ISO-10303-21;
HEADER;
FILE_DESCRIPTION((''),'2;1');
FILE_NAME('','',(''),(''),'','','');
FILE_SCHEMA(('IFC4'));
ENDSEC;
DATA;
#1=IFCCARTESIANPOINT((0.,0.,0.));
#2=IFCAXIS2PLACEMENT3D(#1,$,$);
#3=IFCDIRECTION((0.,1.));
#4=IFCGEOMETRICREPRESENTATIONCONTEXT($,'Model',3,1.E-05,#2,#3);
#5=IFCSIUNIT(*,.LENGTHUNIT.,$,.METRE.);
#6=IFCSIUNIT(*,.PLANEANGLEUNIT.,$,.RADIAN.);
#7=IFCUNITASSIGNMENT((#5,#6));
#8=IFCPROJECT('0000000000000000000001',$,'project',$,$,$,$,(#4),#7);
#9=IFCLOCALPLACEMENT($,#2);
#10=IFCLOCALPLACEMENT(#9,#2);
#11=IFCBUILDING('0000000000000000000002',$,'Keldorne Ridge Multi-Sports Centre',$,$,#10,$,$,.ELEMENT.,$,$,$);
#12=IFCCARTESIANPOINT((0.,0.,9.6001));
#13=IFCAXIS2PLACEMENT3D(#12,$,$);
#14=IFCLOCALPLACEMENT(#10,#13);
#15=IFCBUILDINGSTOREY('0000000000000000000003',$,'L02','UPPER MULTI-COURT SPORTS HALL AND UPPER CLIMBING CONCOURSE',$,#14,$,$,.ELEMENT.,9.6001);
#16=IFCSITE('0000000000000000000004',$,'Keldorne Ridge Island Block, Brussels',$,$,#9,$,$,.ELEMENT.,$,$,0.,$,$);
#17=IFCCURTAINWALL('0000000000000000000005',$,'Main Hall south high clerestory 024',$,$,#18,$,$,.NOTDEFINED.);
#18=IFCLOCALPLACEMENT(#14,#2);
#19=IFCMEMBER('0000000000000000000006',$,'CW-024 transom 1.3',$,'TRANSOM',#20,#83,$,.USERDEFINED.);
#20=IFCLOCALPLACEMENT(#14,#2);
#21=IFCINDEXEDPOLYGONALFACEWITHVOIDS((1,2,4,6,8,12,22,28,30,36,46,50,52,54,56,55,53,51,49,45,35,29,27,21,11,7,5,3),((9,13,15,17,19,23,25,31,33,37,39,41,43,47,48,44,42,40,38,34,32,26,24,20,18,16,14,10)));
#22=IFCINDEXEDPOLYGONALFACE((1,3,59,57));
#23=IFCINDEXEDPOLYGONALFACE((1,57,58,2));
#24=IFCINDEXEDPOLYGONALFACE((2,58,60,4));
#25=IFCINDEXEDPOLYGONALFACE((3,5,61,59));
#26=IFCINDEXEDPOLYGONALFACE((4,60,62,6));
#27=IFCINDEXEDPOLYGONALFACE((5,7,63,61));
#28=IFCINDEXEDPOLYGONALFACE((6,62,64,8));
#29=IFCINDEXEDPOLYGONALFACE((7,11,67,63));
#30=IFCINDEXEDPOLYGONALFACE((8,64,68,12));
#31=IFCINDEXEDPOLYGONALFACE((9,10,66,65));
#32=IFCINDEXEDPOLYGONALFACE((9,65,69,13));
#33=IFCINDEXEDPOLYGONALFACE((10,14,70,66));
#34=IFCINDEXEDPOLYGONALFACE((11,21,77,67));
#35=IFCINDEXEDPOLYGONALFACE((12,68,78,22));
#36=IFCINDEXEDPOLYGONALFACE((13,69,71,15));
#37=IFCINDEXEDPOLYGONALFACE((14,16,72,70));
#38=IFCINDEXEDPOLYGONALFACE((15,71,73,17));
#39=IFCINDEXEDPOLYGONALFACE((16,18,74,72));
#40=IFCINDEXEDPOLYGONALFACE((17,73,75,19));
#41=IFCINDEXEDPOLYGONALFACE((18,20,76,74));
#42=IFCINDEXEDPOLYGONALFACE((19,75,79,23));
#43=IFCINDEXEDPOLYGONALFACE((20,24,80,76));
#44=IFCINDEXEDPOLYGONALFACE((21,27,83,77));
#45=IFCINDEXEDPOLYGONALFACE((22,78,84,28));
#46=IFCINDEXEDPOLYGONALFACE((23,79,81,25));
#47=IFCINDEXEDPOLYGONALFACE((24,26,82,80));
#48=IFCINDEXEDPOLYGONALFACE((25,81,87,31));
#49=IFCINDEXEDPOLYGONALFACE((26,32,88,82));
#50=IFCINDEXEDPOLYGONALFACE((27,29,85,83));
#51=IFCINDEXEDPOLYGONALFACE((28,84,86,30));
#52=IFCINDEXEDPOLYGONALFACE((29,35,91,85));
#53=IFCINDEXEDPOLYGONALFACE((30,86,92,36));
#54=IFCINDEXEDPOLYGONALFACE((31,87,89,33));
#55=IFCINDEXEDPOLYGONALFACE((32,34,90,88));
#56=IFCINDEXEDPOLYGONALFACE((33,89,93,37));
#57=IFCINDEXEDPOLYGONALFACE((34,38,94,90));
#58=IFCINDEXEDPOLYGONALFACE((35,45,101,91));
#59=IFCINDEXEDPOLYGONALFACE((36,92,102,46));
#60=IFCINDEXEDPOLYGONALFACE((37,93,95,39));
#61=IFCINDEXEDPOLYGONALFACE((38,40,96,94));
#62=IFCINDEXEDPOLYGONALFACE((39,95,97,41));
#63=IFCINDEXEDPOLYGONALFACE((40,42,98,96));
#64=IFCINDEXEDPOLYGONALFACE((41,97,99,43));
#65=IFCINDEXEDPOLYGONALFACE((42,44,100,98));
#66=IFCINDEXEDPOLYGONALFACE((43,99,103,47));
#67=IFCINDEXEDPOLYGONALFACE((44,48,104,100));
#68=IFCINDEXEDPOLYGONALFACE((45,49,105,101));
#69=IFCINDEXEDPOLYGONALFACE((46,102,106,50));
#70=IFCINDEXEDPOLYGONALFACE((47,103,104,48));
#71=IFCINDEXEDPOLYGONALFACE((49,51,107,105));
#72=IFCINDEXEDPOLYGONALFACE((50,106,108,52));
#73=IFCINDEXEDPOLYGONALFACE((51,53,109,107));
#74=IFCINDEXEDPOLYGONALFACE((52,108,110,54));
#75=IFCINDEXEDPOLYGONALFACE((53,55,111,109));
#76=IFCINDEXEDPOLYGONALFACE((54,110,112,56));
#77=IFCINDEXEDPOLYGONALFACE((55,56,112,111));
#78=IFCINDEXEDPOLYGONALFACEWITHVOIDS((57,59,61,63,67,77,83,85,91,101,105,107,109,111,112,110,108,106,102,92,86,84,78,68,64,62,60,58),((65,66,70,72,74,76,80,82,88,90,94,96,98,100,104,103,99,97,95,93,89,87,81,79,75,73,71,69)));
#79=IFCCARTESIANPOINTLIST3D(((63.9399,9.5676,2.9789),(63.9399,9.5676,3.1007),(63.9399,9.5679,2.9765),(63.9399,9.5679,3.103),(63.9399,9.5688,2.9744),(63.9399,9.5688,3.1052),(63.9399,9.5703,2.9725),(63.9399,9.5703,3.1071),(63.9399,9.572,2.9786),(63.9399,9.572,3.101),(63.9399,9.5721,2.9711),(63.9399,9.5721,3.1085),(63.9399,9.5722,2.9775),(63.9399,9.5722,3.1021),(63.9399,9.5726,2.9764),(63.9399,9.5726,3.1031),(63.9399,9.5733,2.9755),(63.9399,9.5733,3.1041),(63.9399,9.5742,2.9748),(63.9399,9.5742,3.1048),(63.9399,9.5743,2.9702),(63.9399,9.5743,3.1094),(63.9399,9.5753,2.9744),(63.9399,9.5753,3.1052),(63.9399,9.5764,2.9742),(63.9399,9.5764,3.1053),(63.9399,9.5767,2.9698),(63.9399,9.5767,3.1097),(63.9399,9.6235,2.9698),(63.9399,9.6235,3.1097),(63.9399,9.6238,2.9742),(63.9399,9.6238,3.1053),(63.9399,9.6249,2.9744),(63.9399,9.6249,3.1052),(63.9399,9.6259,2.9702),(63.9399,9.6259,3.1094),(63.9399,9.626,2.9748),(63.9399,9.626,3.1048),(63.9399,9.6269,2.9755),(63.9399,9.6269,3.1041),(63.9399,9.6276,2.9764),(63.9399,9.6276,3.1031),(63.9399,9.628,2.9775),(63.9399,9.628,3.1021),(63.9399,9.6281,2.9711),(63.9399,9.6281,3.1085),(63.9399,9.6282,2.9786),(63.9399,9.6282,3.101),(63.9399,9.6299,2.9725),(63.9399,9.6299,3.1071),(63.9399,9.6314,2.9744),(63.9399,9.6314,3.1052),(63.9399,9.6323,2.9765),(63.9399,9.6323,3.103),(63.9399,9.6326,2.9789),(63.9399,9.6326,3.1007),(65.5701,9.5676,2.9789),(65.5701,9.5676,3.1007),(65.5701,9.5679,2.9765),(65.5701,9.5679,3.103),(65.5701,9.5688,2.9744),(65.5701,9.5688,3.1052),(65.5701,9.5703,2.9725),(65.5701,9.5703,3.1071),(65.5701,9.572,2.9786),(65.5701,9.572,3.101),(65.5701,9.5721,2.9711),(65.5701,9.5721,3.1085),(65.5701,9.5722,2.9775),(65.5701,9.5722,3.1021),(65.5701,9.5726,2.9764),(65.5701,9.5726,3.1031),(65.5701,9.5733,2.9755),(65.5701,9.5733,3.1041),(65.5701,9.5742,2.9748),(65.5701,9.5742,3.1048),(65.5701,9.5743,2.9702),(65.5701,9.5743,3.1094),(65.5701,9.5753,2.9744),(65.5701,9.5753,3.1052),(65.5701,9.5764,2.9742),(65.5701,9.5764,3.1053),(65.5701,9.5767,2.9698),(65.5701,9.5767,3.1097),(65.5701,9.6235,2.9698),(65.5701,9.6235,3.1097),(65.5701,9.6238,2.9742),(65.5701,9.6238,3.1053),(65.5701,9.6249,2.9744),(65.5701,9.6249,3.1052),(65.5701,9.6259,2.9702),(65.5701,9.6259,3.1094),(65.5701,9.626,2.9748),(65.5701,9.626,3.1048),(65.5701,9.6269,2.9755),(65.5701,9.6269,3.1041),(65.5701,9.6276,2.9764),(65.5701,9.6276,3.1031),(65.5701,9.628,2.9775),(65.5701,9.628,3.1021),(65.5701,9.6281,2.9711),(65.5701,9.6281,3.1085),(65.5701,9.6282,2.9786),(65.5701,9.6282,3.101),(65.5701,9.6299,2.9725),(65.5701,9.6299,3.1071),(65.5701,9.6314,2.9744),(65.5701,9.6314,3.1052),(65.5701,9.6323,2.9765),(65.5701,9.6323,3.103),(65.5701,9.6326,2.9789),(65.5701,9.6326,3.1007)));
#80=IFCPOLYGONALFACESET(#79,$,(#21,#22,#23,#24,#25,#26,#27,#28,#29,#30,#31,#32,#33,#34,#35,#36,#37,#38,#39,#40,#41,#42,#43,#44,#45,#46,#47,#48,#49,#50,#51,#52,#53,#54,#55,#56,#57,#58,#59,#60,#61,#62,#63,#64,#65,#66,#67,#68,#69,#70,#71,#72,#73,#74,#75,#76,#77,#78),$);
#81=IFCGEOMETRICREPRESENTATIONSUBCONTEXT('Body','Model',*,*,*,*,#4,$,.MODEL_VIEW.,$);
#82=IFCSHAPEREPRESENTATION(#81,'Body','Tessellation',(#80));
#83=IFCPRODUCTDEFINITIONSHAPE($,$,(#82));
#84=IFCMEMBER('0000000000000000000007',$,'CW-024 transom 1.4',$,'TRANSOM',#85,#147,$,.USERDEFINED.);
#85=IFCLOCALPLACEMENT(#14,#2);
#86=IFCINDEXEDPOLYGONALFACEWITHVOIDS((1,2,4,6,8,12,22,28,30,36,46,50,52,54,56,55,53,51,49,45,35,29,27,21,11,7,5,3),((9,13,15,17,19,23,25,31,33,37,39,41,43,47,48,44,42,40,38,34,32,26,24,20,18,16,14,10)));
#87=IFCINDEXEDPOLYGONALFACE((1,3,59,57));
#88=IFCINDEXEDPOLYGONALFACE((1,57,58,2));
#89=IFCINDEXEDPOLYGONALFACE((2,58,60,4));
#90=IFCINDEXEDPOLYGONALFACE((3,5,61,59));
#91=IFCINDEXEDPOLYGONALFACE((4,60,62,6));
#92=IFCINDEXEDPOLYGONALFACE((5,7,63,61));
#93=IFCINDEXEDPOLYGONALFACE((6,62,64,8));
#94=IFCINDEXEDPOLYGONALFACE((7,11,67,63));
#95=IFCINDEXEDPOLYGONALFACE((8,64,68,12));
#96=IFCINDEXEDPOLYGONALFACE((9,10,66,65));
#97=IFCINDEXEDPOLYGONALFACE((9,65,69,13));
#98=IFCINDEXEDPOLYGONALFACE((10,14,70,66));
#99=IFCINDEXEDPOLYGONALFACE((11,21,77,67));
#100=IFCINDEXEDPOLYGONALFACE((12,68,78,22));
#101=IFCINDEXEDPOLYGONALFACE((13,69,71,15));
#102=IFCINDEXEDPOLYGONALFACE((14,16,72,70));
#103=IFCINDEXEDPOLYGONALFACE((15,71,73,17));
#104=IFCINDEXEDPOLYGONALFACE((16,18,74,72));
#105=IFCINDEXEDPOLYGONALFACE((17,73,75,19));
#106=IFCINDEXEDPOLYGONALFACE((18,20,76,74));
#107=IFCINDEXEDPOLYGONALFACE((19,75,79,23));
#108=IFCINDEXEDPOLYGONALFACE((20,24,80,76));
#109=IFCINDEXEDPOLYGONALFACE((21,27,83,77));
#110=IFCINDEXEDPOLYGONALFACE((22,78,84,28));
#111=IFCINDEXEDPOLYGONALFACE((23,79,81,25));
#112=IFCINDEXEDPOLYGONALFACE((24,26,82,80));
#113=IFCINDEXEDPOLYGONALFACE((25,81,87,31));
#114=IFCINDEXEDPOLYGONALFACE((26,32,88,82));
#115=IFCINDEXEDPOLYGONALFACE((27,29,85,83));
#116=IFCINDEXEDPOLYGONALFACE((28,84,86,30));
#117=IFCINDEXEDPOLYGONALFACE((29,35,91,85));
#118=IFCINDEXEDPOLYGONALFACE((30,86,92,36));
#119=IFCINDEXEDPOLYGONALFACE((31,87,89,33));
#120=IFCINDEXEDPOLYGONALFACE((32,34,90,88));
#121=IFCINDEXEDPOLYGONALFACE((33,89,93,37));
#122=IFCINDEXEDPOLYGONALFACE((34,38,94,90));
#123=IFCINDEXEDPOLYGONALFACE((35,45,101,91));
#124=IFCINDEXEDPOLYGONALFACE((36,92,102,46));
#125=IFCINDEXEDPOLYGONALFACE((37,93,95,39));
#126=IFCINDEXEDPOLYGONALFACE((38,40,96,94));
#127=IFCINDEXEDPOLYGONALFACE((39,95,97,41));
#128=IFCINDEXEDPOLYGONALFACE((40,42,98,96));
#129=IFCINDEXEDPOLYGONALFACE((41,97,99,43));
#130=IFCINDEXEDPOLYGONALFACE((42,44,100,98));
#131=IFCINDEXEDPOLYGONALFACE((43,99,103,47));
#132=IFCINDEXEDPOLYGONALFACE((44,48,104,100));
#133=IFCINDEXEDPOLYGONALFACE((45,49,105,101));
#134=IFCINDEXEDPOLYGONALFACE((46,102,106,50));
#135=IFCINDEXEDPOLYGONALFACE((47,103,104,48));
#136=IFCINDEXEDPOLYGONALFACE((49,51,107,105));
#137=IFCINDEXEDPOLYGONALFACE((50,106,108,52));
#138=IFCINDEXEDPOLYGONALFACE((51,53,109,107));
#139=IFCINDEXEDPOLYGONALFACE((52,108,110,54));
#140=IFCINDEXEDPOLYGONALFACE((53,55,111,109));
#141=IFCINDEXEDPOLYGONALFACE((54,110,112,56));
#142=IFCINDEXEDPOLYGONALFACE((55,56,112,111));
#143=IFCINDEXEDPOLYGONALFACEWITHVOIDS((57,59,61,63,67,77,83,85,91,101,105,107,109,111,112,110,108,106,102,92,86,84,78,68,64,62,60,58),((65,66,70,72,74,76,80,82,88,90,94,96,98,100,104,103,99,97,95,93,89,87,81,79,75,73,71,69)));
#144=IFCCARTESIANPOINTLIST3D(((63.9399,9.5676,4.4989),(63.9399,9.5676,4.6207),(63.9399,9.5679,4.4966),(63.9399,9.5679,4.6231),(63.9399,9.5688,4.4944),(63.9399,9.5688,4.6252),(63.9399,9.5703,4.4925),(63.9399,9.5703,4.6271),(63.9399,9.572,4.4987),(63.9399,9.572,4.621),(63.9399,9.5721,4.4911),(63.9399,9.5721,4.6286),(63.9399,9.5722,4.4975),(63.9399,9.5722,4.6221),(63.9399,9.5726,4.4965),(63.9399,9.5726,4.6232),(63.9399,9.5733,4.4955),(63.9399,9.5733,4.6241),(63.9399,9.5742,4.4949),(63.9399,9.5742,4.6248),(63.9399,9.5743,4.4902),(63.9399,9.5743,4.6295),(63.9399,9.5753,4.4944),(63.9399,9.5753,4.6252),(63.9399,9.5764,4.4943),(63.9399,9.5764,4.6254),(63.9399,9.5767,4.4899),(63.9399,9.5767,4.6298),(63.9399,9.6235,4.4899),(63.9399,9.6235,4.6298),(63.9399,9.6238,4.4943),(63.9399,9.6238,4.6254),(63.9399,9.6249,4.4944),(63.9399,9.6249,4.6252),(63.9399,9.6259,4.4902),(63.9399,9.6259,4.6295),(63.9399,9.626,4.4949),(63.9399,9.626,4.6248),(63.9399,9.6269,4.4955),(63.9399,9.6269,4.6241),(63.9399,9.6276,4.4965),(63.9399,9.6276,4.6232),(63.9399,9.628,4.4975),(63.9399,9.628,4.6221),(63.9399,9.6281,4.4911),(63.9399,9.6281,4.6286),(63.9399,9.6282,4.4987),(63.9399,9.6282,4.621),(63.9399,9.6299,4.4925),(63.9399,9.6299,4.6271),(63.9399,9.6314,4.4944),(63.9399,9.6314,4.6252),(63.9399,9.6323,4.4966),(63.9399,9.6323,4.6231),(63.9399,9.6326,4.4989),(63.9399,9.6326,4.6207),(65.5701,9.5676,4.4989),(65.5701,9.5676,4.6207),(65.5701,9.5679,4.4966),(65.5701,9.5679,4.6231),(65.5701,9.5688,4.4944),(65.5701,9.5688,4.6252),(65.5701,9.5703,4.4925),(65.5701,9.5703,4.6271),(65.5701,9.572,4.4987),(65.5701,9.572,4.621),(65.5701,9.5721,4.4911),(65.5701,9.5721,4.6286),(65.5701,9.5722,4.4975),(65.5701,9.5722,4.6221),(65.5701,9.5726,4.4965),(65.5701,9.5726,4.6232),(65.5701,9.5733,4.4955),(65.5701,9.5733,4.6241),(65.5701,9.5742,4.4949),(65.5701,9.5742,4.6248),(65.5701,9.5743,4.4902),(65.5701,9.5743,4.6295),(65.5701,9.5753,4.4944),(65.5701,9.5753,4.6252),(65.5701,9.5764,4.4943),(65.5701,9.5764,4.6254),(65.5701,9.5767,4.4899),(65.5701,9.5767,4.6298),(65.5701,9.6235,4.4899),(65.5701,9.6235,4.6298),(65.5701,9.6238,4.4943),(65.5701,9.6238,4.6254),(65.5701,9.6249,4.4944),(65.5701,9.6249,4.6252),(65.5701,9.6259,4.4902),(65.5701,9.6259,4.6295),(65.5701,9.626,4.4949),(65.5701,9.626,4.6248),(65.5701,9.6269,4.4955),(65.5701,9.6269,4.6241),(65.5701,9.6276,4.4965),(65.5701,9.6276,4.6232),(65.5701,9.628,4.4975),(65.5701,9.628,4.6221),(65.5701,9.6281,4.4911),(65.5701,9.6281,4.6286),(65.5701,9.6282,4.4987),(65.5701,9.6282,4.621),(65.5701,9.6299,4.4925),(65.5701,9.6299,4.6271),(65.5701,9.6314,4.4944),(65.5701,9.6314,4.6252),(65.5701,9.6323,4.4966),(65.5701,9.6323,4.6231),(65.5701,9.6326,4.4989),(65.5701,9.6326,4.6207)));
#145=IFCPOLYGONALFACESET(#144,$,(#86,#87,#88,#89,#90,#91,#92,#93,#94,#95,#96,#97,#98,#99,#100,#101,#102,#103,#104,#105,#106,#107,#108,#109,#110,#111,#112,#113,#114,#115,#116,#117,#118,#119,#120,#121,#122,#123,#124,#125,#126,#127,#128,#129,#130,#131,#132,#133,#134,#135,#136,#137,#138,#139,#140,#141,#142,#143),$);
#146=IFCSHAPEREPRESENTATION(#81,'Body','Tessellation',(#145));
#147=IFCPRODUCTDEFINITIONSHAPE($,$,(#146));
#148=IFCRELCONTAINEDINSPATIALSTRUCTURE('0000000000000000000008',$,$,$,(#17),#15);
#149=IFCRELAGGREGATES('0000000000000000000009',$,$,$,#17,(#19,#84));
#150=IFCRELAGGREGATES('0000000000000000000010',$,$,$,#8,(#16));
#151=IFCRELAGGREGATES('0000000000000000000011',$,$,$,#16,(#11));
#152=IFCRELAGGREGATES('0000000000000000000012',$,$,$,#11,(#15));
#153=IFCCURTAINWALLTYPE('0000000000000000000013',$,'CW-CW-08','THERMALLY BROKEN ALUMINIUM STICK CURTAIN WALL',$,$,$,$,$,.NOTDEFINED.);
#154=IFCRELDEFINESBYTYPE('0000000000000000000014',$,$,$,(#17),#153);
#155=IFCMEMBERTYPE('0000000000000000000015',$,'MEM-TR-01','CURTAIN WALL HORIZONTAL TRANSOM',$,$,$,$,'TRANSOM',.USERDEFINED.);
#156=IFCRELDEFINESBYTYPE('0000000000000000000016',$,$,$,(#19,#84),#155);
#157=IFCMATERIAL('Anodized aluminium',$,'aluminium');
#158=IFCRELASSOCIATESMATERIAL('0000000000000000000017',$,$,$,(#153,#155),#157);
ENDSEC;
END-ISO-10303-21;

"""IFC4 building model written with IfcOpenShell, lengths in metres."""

from ifc_helpers import new_model, si_unit, direction, frame, origin, origin_2d, place, context, subcontext, project, spatial, hollow_rectangle, extrude, material, material_profile, profile_set, type_object, element, aggregate, save


model = new_model("IFC4")

# Units and contexts
model_context = context("Model", 3, precision=1e-05, world=origin(), true_north=direction((0.0, 1.0)))
body_context = subcontext(model_context, "Body", "Model", "MODEL_VIEW")
ifc_project = project(units=[si_unit("LENGTHUNIT", "METRE"), si_unit("PLANEANGLEUNIT", "RADIAN")], contexts=[model_context])

# Site, building, storey
site_placement = place(None, origin())
site = spatial("IfcSite", under=ifc_project, at=site_placement, Name="Keldorne Ridge Island Block, Brussels", CompositionType="ELEMENT", RefElevation=0.0)
building_placement = place(site_placement, origin())
building = spatial("IfcBuilding", under=site, at=building_placement, Name="Keldorne Ridge Multi-Sports Centre", CompositionType="ELEMENT")
storey_placement = place(building_placement, frame((0.0, 0.0, 9.6001)))
storey = spatial("IfcBuildingStorey", under=building, at=storey_placement, Name="L02", Description="UPPER MULTI-COURT SPORTS HALL AND UPPER CLIMBING CONCOURSE", CompositionType="ELEMENT", Elevation=9.6001)

# Shared definitions
ifc_material_1 = material(Name="Anodized aluminium", Category="aluminium")

# Curtain wall
curtain_wall_type_1 = type_object("IfcCurtainWallType", Name="CW-CW-08", Description="THERMALLY BROKEN ALUMINIUM STICK CURTAIN WALL", PredefinedType="NOTDEFINED", material=ifc_material_1)
curtain_wall_1_placement = place(storey_placement, origin())
curtain_wall_1 = element("IfcCurtainWall", 1, at=curtain_wall_1_placement, inside=storey, type_object=curtain_wall_type_1, Name="Main Hall south high clerestory 024", PredefinedType="NOTDEFINED")

# Members
ifc_material_profile_1 = material_profile(ifc_material_1, hollow_rectangle(XDim=0.0649, YDim=0.1399, WallThickness=0.0044, InnerFilletRadius=0.0044, OuterFilletRadius=0.009, at=origin_2d()), Name="ALU TRANSOM 140x65x4.5")
ifc_profile_set_1 = profile_set([ifc_material_profile_1], Name="Anodized aluminium")
member_type_1 = type_object("IfcMemberType", Name="MEM-TR-01", Description="CURTAIN WALL HORIZONTAL TRANSOM", ElementType="TRANSOM", PredefinedType="USERDEFINED", material=ifc_profile_set_1)
member_1_placement = place(storey_placement, frame((63.9399, 9.6001, 3.0398), z_axis=(1.0, 0.0, 0.0), x_axis=(0.0, 1.0, 0.0)))
member_1 = element("IfcMember", 2, at=member_1_placement, type_object=member_type_1, Name="CW-024 transom 1.3", ObjectType="TRANSOM", PredefinedType="USERDEFINED", context=body_context, shape_type="SweptSolid", body=[
    extrude(hollow_rectangle(XDim=0.0649, YDim=0.1399, WallThickness=0.0044, InnerFilletRadius=0.0044, OuterFilletRadius=0.009, at=origin_2d()), origin(), (0.0, 0.0, 1.0), 1.6301),
])
member_2_placement = place(storey_placement, frame((63.9399, 9.6001, 4.5598), z_axis=(1.0, 0.0, 0.0), x_axis=(0.0, 1.0, 0.0)))
member_2 = element("IfcMember", 3, at=member_2_placement, type_object=member_type_1, Name="CW-024 transom 1.4", ObjectType="TRANSOM", PredefinedType="USERDEFINED", context=body_context, shape_type="SweptSolid", body=[
    extrude(hollow_rectangle(XDim=0.0649, YDim=0.1399, WallThickness=0.0044, InnerFilletRadius=0.0044, OuterFilletRadius=0.009, at=origin_2d()), origin(), (0.0, 0.0, 1.0), 1.6301),
])

aggregate(curtain_wall_1, [member_1, member_2])

save(model, "model.ifc")
